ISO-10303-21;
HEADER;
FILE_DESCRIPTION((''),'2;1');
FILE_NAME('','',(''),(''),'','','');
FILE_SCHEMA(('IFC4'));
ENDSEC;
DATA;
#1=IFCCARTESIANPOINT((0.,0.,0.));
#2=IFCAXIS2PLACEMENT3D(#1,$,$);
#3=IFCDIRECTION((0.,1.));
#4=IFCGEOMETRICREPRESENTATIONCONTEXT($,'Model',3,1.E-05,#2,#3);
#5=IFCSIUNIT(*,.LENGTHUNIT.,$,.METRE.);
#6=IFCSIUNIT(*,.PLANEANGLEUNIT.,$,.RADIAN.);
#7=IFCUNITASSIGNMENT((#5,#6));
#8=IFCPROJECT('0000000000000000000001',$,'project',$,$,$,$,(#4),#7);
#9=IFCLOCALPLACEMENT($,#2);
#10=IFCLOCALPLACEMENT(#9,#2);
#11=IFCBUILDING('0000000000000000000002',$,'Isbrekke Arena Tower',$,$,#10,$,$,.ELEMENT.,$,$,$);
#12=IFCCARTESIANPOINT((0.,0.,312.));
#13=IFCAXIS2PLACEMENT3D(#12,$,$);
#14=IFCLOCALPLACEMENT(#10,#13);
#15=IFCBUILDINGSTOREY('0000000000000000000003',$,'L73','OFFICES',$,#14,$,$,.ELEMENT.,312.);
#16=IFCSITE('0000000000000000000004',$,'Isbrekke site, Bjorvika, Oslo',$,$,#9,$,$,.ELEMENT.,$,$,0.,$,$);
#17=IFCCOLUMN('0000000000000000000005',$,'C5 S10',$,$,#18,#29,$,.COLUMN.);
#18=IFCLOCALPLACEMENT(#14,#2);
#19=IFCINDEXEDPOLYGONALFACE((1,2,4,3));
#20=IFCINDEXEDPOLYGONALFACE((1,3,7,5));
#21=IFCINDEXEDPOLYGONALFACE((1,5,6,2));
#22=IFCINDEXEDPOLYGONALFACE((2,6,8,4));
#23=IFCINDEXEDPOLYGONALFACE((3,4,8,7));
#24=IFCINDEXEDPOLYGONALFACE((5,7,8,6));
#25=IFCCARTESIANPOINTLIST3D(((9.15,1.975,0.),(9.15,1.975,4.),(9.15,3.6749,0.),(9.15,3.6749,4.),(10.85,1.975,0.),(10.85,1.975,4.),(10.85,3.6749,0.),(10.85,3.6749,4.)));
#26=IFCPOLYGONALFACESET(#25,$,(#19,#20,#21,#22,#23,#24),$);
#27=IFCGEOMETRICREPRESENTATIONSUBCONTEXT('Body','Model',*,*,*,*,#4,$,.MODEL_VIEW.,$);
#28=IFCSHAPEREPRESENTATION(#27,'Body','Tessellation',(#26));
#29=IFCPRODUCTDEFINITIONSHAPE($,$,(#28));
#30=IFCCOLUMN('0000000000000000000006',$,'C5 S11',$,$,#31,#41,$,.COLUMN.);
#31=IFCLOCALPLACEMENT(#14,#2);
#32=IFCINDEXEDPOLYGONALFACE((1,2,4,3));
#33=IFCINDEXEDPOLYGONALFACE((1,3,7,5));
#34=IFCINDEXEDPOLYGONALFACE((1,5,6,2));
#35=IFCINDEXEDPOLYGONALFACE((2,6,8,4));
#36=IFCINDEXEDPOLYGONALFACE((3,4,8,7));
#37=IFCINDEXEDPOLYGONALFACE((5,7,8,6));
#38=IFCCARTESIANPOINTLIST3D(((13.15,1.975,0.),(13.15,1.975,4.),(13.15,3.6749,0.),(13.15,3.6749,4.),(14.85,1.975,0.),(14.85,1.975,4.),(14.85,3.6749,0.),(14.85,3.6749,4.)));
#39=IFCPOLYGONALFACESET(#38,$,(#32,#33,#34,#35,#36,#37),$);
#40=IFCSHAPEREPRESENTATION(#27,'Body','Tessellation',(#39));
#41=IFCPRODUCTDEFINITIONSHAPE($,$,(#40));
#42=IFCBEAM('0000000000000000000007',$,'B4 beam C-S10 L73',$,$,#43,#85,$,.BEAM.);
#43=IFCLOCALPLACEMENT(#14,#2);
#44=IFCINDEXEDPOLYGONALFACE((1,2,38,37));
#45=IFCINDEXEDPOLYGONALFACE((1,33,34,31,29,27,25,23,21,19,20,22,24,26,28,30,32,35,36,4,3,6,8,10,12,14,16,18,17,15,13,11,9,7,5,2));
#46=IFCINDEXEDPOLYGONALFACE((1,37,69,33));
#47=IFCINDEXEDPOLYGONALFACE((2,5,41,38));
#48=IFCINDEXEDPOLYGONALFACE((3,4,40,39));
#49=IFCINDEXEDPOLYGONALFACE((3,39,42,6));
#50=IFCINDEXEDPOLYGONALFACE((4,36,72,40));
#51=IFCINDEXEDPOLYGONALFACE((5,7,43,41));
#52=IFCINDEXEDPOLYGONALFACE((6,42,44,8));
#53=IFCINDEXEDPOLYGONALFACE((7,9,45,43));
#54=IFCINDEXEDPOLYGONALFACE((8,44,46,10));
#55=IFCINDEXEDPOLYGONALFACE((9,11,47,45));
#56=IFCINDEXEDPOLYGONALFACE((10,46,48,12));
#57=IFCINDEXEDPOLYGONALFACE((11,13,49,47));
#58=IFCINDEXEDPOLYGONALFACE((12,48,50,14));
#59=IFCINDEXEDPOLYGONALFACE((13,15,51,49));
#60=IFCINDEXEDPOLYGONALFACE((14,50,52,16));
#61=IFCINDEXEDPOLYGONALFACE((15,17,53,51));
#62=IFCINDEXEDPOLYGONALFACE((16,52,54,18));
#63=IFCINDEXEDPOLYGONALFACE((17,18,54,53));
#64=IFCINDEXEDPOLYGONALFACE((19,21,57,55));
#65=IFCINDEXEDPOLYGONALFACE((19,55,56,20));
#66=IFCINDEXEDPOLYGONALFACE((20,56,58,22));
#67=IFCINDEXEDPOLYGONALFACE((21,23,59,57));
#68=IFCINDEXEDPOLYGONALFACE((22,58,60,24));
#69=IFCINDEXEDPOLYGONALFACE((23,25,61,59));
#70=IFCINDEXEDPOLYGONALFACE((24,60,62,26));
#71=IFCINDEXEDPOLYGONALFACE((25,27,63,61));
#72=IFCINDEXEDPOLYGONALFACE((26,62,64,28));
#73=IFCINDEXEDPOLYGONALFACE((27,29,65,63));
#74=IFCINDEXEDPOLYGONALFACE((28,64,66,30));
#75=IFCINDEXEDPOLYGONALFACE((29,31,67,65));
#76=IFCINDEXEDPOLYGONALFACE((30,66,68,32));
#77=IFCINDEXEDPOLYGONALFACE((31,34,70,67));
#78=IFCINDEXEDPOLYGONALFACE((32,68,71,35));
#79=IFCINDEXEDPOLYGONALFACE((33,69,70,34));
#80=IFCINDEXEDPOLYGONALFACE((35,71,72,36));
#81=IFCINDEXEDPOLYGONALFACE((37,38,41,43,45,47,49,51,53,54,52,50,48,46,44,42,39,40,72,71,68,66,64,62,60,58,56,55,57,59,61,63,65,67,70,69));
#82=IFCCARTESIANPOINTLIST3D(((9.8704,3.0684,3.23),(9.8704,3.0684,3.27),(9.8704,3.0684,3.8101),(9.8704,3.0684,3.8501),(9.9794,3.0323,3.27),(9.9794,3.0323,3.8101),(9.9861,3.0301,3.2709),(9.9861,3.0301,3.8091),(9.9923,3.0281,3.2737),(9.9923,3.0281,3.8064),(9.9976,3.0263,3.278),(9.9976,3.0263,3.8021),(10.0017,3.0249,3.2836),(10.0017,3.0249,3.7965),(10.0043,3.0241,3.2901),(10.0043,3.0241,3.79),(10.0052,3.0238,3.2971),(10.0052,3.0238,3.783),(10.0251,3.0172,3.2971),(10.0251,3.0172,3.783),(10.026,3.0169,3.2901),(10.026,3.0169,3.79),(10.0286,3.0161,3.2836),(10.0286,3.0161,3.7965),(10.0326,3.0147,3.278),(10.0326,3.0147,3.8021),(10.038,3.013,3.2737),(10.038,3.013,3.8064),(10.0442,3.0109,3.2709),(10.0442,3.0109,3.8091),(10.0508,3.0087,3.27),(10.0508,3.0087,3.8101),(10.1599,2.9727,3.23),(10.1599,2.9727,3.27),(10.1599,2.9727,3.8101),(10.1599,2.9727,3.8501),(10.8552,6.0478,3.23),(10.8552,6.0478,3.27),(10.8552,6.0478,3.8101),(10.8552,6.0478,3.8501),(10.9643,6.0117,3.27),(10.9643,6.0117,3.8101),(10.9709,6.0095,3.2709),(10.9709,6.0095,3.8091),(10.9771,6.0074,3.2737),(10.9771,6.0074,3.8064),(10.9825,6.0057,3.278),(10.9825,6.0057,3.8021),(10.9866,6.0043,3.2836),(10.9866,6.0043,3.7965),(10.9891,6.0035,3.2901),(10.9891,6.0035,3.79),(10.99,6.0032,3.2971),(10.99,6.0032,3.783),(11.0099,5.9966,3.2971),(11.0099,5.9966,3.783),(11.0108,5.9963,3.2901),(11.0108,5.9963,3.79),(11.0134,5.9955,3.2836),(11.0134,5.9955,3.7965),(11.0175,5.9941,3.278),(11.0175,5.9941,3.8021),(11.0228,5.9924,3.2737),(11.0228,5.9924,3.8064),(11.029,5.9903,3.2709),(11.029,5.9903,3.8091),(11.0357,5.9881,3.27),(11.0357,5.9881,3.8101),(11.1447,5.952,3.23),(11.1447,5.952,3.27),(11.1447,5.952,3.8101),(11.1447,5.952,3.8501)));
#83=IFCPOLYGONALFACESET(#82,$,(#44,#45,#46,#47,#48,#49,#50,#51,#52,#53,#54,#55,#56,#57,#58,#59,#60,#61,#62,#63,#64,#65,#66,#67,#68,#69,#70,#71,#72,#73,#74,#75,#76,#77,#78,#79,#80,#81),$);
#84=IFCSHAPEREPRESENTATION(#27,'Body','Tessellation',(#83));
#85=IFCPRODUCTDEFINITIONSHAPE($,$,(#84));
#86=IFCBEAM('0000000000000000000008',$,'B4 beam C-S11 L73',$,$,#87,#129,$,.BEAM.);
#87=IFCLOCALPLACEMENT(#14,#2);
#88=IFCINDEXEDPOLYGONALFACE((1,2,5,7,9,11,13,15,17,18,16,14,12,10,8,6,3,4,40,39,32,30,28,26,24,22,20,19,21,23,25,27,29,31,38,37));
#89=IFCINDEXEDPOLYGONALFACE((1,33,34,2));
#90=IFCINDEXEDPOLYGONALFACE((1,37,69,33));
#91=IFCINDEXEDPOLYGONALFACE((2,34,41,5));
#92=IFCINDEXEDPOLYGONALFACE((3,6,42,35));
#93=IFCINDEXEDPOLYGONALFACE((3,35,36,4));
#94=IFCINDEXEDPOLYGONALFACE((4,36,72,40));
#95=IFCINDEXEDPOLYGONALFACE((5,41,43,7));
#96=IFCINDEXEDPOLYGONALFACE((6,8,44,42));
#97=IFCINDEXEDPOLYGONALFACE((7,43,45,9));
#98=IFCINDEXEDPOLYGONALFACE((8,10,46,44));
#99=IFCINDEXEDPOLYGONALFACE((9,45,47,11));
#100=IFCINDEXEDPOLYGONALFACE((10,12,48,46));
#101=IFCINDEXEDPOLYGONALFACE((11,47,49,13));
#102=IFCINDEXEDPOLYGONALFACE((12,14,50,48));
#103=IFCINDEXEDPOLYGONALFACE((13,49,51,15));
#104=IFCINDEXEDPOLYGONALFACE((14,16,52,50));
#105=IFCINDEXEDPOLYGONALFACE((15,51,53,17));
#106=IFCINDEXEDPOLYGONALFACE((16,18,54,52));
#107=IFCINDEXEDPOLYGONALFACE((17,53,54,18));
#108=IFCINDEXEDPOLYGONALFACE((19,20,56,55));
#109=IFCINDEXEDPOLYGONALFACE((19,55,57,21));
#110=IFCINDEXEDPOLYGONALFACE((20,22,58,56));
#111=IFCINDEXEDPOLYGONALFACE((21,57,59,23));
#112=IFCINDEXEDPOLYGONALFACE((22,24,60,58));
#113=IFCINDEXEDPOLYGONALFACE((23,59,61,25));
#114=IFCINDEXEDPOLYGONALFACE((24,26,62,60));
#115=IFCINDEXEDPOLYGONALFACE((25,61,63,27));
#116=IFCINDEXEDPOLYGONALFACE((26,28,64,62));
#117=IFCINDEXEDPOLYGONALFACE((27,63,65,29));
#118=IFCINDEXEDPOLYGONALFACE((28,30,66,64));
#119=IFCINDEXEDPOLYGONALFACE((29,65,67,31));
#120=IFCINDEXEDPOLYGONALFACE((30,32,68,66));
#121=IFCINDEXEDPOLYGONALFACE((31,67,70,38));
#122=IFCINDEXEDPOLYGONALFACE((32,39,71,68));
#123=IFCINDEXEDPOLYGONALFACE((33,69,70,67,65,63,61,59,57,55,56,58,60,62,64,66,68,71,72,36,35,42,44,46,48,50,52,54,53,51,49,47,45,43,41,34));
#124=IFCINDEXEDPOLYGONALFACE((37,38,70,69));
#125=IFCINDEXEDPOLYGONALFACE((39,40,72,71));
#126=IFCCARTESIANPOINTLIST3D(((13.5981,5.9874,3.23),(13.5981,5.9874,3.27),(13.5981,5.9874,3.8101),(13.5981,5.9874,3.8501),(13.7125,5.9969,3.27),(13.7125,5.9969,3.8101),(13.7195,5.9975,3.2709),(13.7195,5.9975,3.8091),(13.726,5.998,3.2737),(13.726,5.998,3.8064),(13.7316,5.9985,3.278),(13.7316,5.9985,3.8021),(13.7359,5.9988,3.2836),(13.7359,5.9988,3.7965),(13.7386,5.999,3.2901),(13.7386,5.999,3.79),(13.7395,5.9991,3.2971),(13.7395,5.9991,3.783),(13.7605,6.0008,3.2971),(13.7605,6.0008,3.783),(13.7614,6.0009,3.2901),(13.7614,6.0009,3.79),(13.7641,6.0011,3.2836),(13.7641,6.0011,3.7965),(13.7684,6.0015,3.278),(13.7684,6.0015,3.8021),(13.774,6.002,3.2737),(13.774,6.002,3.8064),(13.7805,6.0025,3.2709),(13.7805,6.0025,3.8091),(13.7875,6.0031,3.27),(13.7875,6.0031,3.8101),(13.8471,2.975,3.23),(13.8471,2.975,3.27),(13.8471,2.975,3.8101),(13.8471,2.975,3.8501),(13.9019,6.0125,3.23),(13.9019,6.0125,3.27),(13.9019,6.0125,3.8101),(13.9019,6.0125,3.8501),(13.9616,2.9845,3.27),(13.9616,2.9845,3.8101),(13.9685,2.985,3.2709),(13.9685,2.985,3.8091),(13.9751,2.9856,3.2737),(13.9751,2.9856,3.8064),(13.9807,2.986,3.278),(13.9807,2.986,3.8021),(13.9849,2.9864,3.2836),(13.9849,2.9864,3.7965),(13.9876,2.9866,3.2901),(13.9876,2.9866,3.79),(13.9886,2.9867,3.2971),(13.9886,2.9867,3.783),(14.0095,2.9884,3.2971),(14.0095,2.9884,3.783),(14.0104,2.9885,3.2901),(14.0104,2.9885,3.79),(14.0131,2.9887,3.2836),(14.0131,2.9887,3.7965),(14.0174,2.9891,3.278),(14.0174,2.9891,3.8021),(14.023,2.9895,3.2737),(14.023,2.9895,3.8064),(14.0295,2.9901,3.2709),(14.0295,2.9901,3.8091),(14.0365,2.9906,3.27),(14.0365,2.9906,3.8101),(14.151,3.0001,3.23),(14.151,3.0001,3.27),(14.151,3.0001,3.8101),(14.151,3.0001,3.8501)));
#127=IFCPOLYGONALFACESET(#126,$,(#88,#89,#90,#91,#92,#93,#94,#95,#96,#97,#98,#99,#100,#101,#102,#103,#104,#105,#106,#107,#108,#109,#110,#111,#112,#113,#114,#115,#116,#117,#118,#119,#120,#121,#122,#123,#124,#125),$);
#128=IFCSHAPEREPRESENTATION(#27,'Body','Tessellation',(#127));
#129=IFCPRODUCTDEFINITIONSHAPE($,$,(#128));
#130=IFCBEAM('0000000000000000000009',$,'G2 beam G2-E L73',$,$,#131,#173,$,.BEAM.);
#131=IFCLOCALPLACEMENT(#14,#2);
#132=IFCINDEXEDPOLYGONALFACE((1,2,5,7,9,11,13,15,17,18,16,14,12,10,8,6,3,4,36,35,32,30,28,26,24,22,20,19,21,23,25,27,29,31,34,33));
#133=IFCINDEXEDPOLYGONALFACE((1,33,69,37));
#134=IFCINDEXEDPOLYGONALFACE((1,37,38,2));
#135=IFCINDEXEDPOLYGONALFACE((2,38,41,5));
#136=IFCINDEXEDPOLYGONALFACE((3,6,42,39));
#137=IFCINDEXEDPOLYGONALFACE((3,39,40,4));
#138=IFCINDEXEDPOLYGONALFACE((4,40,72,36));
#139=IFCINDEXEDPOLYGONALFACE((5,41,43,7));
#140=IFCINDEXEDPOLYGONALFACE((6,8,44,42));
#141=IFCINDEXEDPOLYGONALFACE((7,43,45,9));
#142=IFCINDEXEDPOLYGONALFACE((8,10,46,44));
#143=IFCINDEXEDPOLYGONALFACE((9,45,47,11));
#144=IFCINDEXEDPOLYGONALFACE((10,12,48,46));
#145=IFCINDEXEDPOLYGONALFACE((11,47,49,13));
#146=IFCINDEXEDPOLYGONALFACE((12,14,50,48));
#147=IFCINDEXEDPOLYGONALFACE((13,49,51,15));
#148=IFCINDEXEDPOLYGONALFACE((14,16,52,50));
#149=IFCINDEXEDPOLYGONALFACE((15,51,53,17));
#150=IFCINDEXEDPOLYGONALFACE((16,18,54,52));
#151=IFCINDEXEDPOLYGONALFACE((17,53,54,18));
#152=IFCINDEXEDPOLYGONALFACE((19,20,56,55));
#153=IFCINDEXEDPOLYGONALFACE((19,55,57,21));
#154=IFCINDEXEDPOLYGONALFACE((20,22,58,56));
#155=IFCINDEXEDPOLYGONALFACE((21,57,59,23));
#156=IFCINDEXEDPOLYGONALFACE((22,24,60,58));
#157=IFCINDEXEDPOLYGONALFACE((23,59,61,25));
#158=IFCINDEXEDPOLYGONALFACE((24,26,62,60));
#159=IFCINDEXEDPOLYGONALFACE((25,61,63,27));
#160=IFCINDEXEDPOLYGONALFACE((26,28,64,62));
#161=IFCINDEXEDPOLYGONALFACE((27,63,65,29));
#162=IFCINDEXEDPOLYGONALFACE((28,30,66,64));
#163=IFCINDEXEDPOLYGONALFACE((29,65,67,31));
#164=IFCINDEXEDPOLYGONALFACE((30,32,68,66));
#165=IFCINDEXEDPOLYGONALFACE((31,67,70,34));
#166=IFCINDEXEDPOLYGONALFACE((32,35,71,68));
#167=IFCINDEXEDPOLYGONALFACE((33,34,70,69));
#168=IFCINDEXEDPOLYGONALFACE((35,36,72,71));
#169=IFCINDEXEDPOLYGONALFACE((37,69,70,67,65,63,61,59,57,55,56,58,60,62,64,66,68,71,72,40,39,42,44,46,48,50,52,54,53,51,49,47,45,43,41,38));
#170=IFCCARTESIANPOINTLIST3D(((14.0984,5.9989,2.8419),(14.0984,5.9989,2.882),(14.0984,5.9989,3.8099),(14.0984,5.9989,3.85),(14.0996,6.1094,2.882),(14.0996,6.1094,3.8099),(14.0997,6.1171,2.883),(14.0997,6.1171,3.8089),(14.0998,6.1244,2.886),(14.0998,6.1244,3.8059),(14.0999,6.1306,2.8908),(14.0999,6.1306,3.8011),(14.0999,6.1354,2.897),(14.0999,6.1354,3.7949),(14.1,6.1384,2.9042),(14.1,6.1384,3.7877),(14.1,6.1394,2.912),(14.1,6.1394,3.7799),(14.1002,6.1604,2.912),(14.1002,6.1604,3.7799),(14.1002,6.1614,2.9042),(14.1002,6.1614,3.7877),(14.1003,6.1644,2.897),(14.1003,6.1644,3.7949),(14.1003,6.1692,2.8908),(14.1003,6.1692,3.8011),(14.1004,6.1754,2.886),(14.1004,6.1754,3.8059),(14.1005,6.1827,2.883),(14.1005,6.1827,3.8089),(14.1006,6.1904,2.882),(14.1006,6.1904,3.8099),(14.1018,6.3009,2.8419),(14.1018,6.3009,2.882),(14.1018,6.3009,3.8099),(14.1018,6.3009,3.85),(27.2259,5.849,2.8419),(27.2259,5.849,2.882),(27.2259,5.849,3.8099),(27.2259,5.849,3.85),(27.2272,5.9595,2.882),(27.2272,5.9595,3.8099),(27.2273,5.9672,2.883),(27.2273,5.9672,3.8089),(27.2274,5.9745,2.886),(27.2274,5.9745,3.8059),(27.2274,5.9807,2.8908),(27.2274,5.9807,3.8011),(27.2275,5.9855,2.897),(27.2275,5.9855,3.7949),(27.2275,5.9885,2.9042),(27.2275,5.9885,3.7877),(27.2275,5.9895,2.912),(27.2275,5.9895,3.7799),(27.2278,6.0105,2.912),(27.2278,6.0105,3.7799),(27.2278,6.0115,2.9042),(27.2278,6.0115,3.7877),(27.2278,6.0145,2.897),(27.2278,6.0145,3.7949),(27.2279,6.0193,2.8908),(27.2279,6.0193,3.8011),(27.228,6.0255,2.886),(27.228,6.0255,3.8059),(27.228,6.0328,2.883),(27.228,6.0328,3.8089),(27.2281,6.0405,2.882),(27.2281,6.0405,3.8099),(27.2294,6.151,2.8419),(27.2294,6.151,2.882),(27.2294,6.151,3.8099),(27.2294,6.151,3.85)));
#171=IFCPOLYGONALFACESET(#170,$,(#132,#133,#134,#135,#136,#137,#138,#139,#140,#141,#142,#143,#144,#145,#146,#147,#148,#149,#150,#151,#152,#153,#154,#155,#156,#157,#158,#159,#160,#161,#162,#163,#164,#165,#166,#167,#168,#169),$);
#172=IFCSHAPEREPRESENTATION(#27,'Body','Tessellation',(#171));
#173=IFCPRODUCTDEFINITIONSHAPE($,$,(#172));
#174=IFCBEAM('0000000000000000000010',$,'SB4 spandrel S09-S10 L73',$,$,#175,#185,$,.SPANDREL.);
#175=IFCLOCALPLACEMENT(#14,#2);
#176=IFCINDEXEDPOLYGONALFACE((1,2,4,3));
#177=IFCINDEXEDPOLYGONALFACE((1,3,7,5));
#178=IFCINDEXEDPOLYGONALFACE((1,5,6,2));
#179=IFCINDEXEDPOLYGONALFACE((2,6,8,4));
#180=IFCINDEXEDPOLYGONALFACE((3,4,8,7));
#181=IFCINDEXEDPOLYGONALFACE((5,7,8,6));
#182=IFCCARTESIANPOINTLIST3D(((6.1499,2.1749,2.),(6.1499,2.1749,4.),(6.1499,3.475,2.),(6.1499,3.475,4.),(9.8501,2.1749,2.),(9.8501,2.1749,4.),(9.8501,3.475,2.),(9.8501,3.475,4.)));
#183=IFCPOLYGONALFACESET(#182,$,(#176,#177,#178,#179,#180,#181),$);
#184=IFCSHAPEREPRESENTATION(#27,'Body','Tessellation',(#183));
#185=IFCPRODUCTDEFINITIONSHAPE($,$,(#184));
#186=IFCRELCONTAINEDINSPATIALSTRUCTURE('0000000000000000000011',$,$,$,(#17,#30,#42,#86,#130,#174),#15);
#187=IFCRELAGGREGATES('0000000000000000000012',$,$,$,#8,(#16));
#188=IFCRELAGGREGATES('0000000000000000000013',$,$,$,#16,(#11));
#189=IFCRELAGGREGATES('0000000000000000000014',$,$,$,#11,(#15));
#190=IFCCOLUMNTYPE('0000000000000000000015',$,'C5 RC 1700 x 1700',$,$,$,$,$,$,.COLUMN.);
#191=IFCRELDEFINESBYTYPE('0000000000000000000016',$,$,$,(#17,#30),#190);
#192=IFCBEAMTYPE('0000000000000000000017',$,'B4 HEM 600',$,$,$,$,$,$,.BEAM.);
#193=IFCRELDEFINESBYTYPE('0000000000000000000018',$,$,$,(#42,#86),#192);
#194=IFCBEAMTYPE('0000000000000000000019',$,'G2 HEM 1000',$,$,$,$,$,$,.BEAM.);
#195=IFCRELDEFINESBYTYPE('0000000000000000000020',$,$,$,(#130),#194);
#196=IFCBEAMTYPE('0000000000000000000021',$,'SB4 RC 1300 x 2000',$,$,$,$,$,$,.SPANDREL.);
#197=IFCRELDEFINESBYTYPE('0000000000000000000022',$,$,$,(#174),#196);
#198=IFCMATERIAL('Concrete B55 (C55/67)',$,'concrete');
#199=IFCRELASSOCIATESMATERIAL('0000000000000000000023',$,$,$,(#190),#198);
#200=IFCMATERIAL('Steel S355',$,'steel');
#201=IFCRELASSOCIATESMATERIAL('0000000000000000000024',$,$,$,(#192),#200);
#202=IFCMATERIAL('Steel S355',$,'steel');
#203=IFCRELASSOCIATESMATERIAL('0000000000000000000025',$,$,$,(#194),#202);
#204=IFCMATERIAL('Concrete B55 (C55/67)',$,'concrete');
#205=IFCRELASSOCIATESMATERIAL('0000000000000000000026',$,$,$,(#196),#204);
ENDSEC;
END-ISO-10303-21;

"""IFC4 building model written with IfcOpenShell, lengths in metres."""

from ifc_helpers import new_model, si_unit, direction, frame, origin, origin_2d, place, context, subcontext, project, spatial, rectangle, i_section, extrude, material, material_profile, profile_set, type_object, element, save


model = new_model("IFC4")

# Units and contexts
model_context = context("Model", 3, precision=1e-05, world=origin(), true_north=direction((0.0, 1.0)))
body_context = subcontext(model_context, "Body", "Model", "MODEL_VIEW")
ifc_project = project(units=[si_unit("LENGTHUNIT", "METRE"), si_unit("PLANEANGLEUNIT", "RADIAN")], contexts=[model_context])

# Site, building, storey
site_placement = place(None, origin())
site = spatial("IfcSite", under=ifc_project, at=site_placement, Name="Isbrekke site, Bjorvika, Oslo", CompositionType="ELEMENT", RefElevation=0.0)
building_placement = place(site_placement, origin())
building = spatial("IfcBuilding", under=site, at=building_placement, Name="Isbrekke Arena Tower", CompositionType="ELEMENT")
storey_placement = place(building_placement, frame((0.0, 0.0, 312.0)))
storey = spatial("IfcBuildingStorey", under=building, at=storey_placement, Name="L73", Description="OFFICES", CompositionType="ELEMENT", Elevation=312.0)

# Columns
ifc_material_1 = material(Name="Concrete B55 (C55/67)", Category="concrete")
ifc_material_profile_1 = material_profile(ifc_material_1, rectangle(XDim=1.7, YDim=1.7, at=origin_2d()), Name="RC 1700x1700")
ifc_profile_set_1 = profile_set([ifc_material_profile_1], Name="Concrete B55 (C55/67)")
column_type = type_object("IfcColumnType", Name="C5 RC 1700 x 1700", PredefinedType="COLUMN", material=ifc_profile_set_1)
for number, where, z_axis, x_axis, name in (
    (1, (10.0, 2.825, 0.0), (0.0, 0.0, 1.0), (1.0, 0.0, 0.0), "C5 S10"),
    (2, (14.0, 2.825, 0.0), (0.0, 0.0, 1.0), (1.0, 0.0, 0.0), "C5 S11"),
):
    element("IfcColumn", number, at=place(storey_placement, frame(where, z_axis=z_axis, x_axis=x_axis)), inside=storey, type_object=column_type, Name=name, PredefinedType="COLUMN", context=body_context, shape_type="SweptSolid", body=[
        extrude(rectangle(XDim=1.7, YDim=1.7, at=origin_2d()), origin(), (0.0, 0.0, 1.0), 4.0),
    ])

# Beams
ifc_material_2 = material(Name="Steel S355", Category="steel")
ifc_material_profile_2 = material_profile(ifc_material_2, i_section(OverallWidth=0.3049, OverallDepth=0.6201, WebThickness=0.021, FlangeThickness=0.04, FilletRadius=0.0271, at=origin_2d()), Name="HEM 600")
ifc_profile_set_2 = profile_set([ifc_material_profile_2], Name="Steel S355")
beam_type_1 = type_object("IfcBeamType", Name="B4 HEM 600", PredefinedType="BEAM", material=ifc_profile_set_2)
beam_1_placement = place(storey_placement, frame((10.0151, 3.0205, 3.54), z_axis=(0.313846, 0.949474, 0.0), x_axis=(-0.949474, 0.313846, 0.0)))
element("IfcBeam", 3, at=beam_1_placement, inside=storey, type_object=beam_type_1, Name="B4 beam C-S10 L73", PredefinedType="BEAM", context=body_context, shape_type="SweptSolid", body=[
    extrude(i_section(OverallWidth=0.3049, OverallDepth=0.6201, WebThickness=0.021, FlangeThickness=0.04, FilletRadius=0.0271, at=origin_2d()), origin(), (0.0, 0.0, 1.0), 3.1379),
])
beam_2_placement = place(storey_placement, frame((13.999, 2.9875, 3.54), z_axis=(-0.082384, 0.996601, 0.0), x_axis=(-0.996601, -0.082384, 0.0)))
element("IfcBeam", 4, at=beam_2_placement, inside=storey, type_object=beam_type_1, Name="B4 beam C-S11 L73", PredefinedType="BEAM", context=body_context, shape_type="SweptSolid", body=[
    extrude(i_section(OverallWidth=0.3049, OverallDepth=0.6201, WebThickness=0.021, FlangeThickness=0.04, FilletRadius=0.0271, at=origin_2d()), origin(), (0.0, 0.0, 1.0), 3.0227),
])
ifc_material_3 = material(Name="Steel S355", Category="steel")
ifc_material_profile_3 = material_profile(ifc_material_3, i_section(OverallWidth=0.302, OverallDepth=1.0081, WebThickness=0.021, FlangeThickness=0.04, FilletRadius=0.03, at=origin_2d()), Name="HEM 1000")
ifc_profile_set_3 = profile_set([ifc_material_profile_3], Name="Steel S355")
beam_type_2 = type_object("IfcBeamType", Name="G2 HEM 1000", PredefinedType="BEAM", material=ifc_profile_set_3)
beam_3_placement = place(storey_placement, frame((14.1001, 6.1499, 3.3459), z_axis=(0.999935, -0.011418, 0.0), x_axis=(0.011418, 0.999935, 0.0)))
element("IfcBeam", 5, at=beam_3_placement, inside=storey, type_object=beam_type_2, Name="G2 beam G2-E L73", PredefinedType="BEAM", context=body_context, shape_type="SweptSolid", body=[
    extrude(i_section(OverallWidth=0.302, OverallDepth=1.0081, WebThickness=0.021, FlangeThickness=0.04, FilletRadius=0.03, at=origin_2d()), origin(), (0.0, 0.0, 1.0), 13.1284),
])
ifc_material_4 = material(Name="Concrete B55 (C55/67)", Category="concrete")
ifc_material_profile_4 = material_profile(ifc_material_4, rectangle(XDim=1.3, YDim=2.0, at=origin_2d()), Name="RC 1300x2000")
ifc_profile_set_4 = profile_set([ifc_material_profile_4], Name="Concrete B55 (C55/67)")
beam_type_3 = type_object("IfcBeamType", Name="SB4 RC 1300 x 2000", PredefinedType="SPANDREL", material=ifc_profile_set_4)
for number, where, z_axis, x_axis, name in (
    (6, (6.1499, 2.825, 3.0), (1.0, 0.0, 0.0), (0.0, 1.0, 0.0), "SB4 spandrel S09-S10 L73"),
):
    element("IfcBeam", number, at=place(storey_placement, frame(where, z_axis=z_axis, x_axis=x_axis)), inside=storey, type_object=beam_type_3, Name=name, PredefinedType="SPANDREL", context=body_context, shape_type="SweptSolid", body=[
        extrude(rectangle(XDim=1.3, YDim=2.0, at=origin_2d()), origin(), (0.0, 0.0, 1.0), 3.7002),
    ])

save(model, "model.ifc")
